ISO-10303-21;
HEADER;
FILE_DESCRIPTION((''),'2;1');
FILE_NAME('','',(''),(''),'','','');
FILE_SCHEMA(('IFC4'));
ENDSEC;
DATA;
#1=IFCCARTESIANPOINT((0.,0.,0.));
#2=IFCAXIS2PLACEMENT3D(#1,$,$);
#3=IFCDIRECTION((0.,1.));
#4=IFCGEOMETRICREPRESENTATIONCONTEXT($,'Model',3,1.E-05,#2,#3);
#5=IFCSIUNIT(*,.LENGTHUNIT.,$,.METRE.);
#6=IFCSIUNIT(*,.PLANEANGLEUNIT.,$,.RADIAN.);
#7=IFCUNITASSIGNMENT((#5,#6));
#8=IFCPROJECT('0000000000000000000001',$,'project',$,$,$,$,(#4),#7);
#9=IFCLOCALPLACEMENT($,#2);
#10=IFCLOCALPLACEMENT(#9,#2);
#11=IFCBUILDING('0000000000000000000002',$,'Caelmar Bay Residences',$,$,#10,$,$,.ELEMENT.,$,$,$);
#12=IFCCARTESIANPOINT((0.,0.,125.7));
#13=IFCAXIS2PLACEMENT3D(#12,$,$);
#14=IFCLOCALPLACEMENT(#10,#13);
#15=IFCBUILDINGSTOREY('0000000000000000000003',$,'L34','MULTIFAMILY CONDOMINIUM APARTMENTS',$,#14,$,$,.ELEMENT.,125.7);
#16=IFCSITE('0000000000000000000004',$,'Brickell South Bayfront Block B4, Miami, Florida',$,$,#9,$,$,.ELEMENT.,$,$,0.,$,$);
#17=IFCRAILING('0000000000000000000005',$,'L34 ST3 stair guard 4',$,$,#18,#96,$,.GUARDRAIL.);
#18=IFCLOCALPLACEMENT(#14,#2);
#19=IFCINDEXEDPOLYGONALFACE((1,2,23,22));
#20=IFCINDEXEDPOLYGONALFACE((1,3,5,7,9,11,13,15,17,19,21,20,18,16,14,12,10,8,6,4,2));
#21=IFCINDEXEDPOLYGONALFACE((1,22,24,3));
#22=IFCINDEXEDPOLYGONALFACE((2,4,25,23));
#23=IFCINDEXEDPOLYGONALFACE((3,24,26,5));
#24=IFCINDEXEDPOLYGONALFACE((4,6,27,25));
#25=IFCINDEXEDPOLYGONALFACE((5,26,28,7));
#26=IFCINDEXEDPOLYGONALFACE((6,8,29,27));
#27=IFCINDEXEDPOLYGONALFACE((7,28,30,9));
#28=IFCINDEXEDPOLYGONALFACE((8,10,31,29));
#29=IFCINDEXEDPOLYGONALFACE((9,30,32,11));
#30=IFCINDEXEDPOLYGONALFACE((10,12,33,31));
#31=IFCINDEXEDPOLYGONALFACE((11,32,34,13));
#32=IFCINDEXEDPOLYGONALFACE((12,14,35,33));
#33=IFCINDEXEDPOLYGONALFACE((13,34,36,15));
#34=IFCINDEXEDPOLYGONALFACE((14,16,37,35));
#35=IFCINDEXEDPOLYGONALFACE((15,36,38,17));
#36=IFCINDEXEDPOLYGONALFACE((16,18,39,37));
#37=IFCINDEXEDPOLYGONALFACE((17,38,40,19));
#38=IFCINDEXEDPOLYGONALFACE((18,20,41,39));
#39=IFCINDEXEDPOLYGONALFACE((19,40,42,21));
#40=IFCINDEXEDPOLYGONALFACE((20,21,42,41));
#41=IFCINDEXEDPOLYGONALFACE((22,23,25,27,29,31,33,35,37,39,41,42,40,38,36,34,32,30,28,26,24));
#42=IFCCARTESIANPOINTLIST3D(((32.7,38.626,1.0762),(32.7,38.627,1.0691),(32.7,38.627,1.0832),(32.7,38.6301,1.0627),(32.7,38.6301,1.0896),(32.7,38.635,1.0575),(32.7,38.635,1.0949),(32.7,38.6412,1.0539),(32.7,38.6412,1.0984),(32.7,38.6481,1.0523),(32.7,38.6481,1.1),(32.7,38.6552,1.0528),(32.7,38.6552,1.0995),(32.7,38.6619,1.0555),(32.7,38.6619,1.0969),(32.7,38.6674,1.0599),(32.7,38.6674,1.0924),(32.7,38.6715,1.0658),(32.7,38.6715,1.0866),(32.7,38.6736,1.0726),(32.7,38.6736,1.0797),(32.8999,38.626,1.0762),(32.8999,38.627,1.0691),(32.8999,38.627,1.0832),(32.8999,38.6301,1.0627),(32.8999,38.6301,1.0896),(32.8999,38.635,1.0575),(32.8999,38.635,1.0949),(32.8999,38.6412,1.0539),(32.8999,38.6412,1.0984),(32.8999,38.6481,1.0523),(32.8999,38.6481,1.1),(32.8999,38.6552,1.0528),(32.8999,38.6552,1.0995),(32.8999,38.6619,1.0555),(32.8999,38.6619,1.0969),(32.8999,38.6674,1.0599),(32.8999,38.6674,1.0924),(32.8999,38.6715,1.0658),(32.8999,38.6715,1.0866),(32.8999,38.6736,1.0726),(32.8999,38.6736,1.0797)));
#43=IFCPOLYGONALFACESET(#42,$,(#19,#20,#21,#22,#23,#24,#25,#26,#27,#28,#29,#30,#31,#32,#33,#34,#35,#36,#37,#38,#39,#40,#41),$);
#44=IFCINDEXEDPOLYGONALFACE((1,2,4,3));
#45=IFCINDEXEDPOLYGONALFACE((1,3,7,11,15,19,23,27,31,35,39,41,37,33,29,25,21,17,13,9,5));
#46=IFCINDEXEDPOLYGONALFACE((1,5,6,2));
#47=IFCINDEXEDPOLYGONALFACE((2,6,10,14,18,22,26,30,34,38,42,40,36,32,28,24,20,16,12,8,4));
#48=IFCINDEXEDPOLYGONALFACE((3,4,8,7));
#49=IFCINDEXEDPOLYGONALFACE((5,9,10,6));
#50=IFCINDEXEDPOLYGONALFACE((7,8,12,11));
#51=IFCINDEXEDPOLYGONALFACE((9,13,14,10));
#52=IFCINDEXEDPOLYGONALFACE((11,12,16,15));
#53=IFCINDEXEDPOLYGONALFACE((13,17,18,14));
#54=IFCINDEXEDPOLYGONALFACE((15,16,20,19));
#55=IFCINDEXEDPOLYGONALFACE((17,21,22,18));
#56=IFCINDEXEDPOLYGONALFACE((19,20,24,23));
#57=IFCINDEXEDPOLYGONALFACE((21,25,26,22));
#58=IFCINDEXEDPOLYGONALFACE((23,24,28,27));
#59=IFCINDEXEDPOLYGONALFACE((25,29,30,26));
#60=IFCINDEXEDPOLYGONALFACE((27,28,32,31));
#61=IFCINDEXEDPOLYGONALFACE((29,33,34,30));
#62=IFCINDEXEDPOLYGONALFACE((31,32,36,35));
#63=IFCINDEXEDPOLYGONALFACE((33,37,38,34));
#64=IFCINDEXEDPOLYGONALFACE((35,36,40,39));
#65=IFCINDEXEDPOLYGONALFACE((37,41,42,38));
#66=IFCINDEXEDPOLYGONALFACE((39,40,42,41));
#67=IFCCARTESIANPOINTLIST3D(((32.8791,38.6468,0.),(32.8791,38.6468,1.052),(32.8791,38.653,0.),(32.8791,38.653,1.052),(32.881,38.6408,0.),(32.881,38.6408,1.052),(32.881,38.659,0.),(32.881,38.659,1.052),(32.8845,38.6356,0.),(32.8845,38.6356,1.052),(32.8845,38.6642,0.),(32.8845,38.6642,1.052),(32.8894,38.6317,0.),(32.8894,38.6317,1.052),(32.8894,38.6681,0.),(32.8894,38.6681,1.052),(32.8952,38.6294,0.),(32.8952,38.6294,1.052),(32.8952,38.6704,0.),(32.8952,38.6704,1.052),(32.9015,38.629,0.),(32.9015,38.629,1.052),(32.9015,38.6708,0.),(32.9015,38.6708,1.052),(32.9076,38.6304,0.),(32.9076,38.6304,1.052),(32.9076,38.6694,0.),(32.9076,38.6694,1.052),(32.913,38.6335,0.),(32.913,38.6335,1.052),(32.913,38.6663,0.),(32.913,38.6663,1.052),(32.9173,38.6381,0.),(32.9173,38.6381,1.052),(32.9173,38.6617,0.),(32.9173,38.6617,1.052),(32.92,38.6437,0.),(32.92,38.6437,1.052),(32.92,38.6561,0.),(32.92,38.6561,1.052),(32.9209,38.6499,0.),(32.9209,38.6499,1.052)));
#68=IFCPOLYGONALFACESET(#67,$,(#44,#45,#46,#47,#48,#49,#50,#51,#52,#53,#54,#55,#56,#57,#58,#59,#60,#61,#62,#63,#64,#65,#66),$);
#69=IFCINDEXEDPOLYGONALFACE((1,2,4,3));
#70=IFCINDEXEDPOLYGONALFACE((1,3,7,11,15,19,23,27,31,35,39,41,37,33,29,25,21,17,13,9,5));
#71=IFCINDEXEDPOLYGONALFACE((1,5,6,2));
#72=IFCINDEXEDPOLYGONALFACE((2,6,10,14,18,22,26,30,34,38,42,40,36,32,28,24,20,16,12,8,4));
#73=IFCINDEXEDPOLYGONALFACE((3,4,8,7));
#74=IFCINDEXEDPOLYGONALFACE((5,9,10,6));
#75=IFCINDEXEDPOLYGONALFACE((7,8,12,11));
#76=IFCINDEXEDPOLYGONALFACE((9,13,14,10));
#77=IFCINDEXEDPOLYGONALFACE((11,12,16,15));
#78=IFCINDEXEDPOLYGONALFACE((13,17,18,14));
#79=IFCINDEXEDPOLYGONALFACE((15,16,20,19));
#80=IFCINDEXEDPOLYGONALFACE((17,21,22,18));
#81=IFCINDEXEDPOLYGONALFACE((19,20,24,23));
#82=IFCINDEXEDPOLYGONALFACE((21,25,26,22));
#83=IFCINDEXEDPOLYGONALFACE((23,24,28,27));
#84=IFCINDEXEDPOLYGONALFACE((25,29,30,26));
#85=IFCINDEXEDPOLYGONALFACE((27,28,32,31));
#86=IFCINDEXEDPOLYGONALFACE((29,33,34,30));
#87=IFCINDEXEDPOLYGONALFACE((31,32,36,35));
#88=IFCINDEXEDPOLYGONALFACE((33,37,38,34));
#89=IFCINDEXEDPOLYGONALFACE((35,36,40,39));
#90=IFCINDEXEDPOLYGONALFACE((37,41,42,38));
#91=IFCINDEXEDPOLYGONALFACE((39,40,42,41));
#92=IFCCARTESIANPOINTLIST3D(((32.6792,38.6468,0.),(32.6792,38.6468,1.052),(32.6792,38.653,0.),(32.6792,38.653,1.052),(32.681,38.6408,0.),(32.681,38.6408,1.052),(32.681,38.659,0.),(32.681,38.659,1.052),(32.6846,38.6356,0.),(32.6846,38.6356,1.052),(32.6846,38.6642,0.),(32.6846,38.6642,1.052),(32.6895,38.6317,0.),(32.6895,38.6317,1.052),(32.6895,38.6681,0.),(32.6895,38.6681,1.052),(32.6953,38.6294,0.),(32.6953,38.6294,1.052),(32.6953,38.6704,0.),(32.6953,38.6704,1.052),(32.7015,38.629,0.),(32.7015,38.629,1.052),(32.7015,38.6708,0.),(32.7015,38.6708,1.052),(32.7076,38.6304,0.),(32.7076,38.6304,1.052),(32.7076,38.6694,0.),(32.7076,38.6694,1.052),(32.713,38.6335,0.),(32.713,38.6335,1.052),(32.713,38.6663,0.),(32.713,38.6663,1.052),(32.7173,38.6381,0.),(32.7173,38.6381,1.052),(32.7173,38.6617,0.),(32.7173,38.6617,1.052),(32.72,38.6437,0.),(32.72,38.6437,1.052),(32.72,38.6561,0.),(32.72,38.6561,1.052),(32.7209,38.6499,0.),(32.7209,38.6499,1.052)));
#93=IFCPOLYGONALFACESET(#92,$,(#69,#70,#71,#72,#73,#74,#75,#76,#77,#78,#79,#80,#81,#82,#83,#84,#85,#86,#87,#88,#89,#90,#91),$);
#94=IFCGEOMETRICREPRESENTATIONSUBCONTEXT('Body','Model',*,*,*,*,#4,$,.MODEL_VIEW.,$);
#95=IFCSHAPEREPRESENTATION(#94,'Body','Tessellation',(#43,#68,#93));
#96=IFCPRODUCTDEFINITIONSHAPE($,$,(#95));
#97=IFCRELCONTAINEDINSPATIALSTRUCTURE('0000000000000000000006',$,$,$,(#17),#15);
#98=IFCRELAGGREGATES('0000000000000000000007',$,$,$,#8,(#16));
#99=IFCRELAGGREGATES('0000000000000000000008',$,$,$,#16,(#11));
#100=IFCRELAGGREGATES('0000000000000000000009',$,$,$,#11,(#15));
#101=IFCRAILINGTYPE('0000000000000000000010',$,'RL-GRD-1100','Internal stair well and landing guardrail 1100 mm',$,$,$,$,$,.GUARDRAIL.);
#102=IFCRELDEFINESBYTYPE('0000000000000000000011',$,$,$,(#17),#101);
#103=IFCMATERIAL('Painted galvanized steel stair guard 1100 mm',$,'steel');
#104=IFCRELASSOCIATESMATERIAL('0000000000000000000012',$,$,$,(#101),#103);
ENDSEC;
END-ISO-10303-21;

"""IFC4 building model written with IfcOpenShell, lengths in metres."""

from ifc_helpers import new_model, si_unit, direction, frame, origin, origin_2d, place, context, subcontext, project, spatial, circle, extrude, material, type_object, element, save


model = new_model("IFC4")

# Units and contexts
model_context = context("Model", 3, precision=1e-05, world=origin(), true_north=direction((0.0, 1.0)))
body_context = subcontext(model_context, "Body", "Model", "MODEL_VIEW")
ifc_project = project(units=[si_unit("LENGTHUNIT", "METRE"), si_unit("PLANEANGLEUNIT", "RADIAN")], contexts=[model_context])

# Site, building, storey
site_placement = place(None, origin())
site = spatial("IfcSite", under=ifc_project, at=site_placement, Name="Brickell South Bayfront Block B4, Miami, Florida", CompositionType="ELEMENT", RefElevation=0.0)
building_placement = place(site_placement, origin())
building = spatial("IfcBuilding", under=site, at=building_placement, Name="Caelmar Bay Residences", CompositionType="ELEMENT")
storey_placement = place(building_placement, frame((0.0, 0.0, 125.7)))
storey = spatial("IfcBuildingStorey", under=building, at=storey_placement, Name="L34", Description="MULTIFAMILY CONDOMINIUM APARTMENTS", CompositionType="ELEMENT", Elevation=125.7)

# Railing
ifc_material_1 = material(Name="Painted galvanized steel stair guard 1100 mm", Category="steel")
railing_type_1 = type_object("IfcRailingType", Name="RL-GRD-1100", Description="Internal stair well and landing guardrail 1100 mm", PredefinedType="GUARDRAIL", material=ifc_material_1)
railing_1_placement = place(storey_placement, frame((32.8999, 38.6499, 0.0)))
element("IfcRailing", 1, at=railing_1_placement, inside=storey, type_object=railing_type_1, Name="L34 ST3 stair guard 4", PredefinedType="GUARDRAIL", context=body_context, shape_type="SweptSolid", body=[
    extrude(circle(Radius=0.0239, at=origin_2d()), frame((0.0, 0.0, 1.0762), z_axis=(-1.0, 0.0, 0.0), x_axis=(0.0, -1.0, 0.0)), (0.0, 0.0, 1.0), 0.2),
    extrude(circle(Radius=0.021, at=origin_2d()), origin(), (0.0, 0.0, 1.0), 1.052),
    extrude(circle(Radius=0.021, at=origin_2d()), frame((-0.2, 0.0, 0.0)), (0.0, 0.0, 1.0), 1.052),
])

save(model, "model.ifc")
